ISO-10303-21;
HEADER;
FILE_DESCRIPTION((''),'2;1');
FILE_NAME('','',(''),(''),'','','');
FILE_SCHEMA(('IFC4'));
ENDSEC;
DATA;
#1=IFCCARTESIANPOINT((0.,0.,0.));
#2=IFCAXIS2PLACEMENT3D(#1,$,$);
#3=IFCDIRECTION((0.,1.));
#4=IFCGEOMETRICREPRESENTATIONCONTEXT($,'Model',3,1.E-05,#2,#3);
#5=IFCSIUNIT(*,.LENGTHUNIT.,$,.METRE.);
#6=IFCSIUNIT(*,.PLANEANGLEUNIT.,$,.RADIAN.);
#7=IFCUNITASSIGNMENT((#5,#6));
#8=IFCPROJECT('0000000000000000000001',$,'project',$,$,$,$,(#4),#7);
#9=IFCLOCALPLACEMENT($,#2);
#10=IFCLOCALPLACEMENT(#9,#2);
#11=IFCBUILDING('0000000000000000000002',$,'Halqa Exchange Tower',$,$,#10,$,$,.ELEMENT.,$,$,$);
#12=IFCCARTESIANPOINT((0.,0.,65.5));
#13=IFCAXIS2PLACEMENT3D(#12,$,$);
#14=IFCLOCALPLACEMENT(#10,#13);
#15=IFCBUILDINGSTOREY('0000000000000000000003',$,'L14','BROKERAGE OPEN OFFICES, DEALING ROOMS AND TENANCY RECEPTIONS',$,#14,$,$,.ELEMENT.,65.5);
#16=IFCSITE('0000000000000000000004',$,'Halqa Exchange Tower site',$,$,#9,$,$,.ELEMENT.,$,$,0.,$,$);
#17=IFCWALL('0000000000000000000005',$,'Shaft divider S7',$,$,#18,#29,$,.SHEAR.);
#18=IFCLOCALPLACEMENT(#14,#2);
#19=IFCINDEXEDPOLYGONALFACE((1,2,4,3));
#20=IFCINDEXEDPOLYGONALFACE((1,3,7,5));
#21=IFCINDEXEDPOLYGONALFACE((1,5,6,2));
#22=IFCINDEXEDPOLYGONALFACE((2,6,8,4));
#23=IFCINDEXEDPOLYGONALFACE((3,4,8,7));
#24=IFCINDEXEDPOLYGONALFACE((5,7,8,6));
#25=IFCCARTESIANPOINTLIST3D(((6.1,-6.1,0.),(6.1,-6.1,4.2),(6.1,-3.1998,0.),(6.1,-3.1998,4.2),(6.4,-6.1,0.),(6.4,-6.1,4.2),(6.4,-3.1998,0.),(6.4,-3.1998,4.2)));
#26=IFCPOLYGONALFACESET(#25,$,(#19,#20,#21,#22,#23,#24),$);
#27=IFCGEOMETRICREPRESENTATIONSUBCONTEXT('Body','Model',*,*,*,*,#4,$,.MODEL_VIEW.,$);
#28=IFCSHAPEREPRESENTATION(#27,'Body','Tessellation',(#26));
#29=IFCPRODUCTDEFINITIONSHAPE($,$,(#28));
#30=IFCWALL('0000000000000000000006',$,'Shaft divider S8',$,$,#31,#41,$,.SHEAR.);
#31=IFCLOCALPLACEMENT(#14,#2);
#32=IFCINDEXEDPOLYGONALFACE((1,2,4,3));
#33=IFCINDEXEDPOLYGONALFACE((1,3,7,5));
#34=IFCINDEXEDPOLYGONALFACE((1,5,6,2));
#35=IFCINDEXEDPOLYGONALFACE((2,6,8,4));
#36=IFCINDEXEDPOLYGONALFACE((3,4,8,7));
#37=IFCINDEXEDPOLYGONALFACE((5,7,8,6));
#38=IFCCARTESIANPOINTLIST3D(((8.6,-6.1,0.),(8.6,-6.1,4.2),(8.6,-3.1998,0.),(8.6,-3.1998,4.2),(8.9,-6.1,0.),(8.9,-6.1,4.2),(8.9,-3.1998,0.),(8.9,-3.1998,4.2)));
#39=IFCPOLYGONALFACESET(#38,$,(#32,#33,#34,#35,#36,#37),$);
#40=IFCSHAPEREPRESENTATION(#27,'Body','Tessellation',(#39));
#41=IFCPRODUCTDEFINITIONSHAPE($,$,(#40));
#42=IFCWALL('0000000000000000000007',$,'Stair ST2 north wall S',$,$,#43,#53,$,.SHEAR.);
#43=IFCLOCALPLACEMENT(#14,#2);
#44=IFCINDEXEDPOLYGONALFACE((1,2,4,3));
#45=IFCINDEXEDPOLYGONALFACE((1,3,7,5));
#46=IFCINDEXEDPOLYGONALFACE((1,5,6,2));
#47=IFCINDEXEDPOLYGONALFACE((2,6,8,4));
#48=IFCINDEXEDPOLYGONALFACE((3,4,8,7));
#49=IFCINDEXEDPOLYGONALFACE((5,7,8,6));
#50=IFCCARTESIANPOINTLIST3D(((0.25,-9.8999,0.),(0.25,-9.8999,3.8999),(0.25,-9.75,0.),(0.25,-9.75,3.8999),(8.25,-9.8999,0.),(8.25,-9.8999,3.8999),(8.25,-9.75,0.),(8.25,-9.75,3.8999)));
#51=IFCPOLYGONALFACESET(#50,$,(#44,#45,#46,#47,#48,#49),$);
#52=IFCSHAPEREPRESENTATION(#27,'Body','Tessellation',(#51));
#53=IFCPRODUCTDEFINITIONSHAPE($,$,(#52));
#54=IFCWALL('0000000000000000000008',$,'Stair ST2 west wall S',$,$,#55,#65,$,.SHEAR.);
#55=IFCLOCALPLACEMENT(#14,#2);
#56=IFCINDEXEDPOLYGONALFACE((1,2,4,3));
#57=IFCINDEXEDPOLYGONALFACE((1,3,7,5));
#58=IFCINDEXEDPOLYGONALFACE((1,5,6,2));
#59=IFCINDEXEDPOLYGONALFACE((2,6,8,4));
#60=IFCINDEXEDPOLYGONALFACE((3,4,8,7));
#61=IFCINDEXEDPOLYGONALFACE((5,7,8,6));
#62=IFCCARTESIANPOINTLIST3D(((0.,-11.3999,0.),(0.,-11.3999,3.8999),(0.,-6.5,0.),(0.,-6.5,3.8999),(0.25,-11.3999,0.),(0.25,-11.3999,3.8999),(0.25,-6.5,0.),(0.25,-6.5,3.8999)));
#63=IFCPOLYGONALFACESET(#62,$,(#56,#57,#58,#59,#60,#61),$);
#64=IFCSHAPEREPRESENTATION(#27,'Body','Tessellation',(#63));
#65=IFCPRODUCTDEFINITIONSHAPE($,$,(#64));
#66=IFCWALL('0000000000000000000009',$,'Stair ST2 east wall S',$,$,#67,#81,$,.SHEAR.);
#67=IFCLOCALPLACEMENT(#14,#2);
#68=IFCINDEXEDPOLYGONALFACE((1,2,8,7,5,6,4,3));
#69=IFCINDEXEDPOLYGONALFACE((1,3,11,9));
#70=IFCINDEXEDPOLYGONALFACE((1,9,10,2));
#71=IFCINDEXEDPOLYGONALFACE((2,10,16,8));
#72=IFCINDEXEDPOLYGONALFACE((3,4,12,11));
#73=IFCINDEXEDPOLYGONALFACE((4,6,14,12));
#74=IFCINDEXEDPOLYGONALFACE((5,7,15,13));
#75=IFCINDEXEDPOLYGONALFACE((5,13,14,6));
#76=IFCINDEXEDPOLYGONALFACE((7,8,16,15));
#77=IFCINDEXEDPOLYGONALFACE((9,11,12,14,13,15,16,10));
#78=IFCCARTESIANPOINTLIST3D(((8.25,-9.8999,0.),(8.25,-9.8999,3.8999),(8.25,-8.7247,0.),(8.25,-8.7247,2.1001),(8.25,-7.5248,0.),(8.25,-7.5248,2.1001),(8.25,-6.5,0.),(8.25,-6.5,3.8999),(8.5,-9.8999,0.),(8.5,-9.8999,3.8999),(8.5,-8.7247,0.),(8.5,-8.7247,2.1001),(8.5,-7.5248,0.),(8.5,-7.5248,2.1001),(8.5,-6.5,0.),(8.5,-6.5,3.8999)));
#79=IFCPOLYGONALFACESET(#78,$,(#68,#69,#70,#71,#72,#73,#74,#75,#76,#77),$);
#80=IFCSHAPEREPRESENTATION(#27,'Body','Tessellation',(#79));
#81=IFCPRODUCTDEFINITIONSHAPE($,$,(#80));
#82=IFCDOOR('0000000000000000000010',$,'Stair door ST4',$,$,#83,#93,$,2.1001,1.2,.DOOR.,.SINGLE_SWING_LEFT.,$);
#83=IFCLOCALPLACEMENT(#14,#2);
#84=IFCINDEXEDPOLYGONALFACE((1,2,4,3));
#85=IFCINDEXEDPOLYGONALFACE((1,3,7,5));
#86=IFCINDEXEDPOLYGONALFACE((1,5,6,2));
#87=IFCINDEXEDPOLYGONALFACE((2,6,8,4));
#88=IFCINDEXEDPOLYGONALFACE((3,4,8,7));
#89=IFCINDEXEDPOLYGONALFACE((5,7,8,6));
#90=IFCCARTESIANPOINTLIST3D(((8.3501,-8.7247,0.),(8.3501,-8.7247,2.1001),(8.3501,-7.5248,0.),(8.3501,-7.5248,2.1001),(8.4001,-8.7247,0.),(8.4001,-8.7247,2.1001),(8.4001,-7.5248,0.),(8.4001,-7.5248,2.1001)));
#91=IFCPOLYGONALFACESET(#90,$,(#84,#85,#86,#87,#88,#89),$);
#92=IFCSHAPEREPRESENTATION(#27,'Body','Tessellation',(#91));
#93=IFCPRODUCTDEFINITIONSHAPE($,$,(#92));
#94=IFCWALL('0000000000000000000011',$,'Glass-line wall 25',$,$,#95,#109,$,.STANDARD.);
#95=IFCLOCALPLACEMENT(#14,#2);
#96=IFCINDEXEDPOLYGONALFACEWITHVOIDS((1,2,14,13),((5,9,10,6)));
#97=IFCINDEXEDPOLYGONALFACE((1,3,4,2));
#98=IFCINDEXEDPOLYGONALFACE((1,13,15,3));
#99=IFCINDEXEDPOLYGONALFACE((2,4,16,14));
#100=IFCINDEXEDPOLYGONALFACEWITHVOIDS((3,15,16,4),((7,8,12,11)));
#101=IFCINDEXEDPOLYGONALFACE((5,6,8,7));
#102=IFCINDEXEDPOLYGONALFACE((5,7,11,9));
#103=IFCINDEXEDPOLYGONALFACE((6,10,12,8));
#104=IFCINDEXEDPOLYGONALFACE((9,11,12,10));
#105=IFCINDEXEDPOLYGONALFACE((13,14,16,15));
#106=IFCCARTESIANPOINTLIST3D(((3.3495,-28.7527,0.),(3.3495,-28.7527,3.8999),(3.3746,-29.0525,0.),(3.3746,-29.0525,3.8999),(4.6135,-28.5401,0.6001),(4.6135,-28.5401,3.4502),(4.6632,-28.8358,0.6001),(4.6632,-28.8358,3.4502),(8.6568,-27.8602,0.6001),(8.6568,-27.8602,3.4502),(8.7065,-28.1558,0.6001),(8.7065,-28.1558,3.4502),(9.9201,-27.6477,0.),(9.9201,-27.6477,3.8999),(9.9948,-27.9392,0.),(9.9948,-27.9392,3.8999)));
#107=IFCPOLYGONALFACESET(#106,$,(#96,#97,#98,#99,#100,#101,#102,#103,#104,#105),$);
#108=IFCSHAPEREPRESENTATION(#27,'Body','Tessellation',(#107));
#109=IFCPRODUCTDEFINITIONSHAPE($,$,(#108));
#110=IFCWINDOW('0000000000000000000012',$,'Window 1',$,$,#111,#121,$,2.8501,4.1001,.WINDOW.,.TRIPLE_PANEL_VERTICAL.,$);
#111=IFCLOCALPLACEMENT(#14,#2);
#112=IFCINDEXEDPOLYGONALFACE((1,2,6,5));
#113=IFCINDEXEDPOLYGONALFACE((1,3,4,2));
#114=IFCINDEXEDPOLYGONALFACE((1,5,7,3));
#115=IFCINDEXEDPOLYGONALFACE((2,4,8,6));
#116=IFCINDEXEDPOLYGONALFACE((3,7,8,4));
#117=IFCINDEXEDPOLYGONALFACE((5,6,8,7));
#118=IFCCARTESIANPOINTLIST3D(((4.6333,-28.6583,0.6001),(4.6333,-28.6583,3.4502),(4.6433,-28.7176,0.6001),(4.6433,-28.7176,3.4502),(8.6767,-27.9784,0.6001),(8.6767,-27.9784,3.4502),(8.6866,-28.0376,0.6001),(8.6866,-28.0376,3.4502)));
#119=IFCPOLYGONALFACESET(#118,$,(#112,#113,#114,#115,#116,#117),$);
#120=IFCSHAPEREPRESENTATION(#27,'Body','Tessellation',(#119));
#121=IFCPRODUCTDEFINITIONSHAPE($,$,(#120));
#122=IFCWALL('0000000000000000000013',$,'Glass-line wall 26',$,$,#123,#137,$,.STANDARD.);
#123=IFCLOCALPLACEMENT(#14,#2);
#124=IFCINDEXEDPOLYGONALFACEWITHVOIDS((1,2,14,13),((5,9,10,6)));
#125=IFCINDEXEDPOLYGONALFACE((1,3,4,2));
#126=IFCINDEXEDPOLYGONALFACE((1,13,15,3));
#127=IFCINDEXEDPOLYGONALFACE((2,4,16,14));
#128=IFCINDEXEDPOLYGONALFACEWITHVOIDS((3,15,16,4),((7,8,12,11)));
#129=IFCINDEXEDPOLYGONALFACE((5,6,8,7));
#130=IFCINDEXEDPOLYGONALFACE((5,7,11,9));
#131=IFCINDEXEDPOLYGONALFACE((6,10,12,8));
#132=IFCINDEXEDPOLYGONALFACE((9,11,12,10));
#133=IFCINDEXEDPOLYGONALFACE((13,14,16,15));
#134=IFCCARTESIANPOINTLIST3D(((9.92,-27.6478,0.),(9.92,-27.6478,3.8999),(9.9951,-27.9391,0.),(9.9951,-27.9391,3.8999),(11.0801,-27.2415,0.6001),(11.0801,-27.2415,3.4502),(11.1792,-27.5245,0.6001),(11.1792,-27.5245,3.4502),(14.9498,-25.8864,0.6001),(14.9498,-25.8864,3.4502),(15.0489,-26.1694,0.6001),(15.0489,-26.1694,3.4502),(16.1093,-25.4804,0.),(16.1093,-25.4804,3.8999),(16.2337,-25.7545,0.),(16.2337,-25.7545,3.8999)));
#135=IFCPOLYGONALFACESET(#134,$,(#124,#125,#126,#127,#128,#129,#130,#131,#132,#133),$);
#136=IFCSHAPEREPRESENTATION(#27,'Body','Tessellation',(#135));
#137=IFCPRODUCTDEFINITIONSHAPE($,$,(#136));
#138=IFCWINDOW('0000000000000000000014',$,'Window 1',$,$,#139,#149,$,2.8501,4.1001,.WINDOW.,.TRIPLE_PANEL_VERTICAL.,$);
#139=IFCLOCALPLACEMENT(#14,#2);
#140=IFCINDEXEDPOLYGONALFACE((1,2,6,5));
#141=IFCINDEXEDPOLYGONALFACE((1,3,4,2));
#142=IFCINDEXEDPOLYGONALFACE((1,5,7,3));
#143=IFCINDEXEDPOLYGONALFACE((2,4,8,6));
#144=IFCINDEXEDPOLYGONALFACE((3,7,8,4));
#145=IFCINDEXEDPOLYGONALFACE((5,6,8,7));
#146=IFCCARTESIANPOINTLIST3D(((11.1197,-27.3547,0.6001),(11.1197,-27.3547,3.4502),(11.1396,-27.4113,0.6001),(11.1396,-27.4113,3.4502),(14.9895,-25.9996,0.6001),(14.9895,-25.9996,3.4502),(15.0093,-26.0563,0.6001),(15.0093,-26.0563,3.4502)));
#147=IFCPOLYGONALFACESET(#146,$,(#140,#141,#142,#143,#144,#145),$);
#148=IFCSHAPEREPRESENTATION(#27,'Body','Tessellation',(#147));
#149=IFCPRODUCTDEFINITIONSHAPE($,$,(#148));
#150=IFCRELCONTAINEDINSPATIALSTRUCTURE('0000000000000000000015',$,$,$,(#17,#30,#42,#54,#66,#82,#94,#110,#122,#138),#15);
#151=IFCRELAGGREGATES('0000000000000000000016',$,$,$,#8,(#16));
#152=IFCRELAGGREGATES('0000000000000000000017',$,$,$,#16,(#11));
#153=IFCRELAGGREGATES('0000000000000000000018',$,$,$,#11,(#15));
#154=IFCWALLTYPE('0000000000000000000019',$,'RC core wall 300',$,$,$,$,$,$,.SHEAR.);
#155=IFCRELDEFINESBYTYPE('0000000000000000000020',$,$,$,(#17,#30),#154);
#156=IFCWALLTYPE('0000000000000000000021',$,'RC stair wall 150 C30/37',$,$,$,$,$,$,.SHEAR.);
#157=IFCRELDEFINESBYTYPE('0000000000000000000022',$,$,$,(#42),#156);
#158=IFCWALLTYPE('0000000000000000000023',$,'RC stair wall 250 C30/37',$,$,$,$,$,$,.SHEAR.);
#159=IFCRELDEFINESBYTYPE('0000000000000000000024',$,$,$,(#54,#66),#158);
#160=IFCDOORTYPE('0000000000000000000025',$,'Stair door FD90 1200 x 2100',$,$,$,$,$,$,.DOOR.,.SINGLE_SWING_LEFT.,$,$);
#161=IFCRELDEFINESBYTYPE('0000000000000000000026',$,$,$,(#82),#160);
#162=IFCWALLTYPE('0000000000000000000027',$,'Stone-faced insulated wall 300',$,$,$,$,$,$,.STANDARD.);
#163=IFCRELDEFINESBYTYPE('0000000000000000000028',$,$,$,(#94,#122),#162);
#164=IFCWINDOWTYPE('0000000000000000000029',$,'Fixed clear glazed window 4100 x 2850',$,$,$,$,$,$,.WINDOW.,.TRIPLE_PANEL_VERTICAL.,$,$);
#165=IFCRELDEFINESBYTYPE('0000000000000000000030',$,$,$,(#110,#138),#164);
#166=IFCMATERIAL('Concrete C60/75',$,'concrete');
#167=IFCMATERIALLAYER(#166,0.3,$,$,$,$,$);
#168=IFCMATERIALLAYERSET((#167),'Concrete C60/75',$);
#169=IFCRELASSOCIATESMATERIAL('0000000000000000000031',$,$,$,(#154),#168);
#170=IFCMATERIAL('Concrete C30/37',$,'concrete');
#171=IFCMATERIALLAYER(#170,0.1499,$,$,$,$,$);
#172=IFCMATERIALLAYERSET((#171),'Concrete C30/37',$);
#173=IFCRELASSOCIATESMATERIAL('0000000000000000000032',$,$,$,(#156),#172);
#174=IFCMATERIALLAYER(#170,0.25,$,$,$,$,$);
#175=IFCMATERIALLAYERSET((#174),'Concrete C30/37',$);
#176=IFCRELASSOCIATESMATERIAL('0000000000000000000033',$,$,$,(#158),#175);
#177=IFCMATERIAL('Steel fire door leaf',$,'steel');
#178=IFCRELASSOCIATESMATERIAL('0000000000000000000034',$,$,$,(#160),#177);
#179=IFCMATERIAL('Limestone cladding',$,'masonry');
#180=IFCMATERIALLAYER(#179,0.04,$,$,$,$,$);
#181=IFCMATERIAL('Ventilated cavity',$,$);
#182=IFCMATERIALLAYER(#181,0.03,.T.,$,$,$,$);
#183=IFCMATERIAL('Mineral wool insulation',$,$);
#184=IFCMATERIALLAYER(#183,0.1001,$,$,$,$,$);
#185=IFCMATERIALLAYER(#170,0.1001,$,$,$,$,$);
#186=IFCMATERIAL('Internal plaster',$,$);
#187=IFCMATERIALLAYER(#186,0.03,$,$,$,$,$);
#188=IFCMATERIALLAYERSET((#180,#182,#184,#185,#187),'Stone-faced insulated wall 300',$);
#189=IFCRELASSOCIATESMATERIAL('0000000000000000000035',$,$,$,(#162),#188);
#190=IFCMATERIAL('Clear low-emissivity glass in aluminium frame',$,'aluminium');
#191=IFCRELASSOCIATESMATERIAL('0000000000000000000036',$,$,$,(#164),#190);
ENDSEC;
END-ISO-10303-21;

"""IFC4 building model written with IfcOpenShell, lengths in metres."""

from ifc_helpers import new_model, si_unit, direction, frame, frame_2d, origin, place, context, subcontext, project, spatial, polyline, rectangle, outline, extrude, material, layer, layer_set, type_object, element, fill, save


model = new_model("IFC4")

# Units and contexts
model_context = context("Model", 3, precision=1e-05, world=origin(), true_north=direction((0.0, 1.0)))
body_context = subcontext(model_context, "Body", "Model", "MODEL_VIEW")
ifc_project = project(units=[si_unit("LENGTHUNIT", "METRE"), si_unit("PLANEANGLEUNIT", "RADIAN")], contexts=[model_context])

# Site, building, storey
site_placement = place(None, origin())
site = spatial("IfcSite", under=ifc_project, at=site_placement, Name="Halqa Exchange Tower site", CompositionType="ELEMENT", RefElevation=0.0)
building_placement = place(site_placement, origin())
building = spatial("IfcBuilding", under=site, at=building_placement, Name="Halqa Exchange Tower", CompositionType="ELEMENT")
storey_placement = place(building_placement, frame((0.0, 0.0, 65.5)))
storey = spatial("IfcBuildingStorey", under=building, at=storey_placement, Name="L14", Description="BROKERAGE OPEN OFFICES, DEALING ROOMS AND TENANCY RECEPTIONS", CompositionType="ELEMENT", Elevation=65.5)

# Shared definitions
ifc_material_1 = material(Name="Concrete C60/75", Category="concrete")

# Walls
ifc_layer_1 = layer(ifc_material_1, 0.3)
ifc_layer_set_1 = layer_set([ifc_layer_1], Name="Concrete C60/75")
wall_type_1 = type_object("IfcWallType", Name="RC core wall 300", PredefinedType="SHEAR", material=ifc_layer_set_1)
for number, where, z_axis, x_axis, name in (
    (1, (6.25, -6.1001, 0.0), (0.0, 0.0, 1.0), (0.0, 1.0, 0.0), "Shaft divider S7"),
    (2, (8.75, -6.1001, 0.0), (0.0, 0.0, 1.0), (0.0, 1.0, 0.0), "Shaft divider S8"),
):
    element("IfcWall", number, at=place(storey_placement, frame(where, z_axis=z_axis, x_axis=x_axis)), inside=storey, type_object=wall_type_1, Name=name, PredefinedType="SHEAR", context=body_context, shape_type="SweptSolid", body=[
        extrude(rectangle(XDim=2.9001, YDim=0.3, at=frame_2d((1.4502, 0.0))), origin(), (0.0, 0.0, 1.0), 4.2),
    ])
ifc_material_2 = material(Name="Concrete C30/37", Category="concrete")
ifc_layer_2 = layer(ifc_material_2, 0.1499)
ifc_layer_set_2 = layer_set([ifc_layer_2], Name="Concrete C30/37")
wall_type_2 = type_object("IfcWallType", Name="RC stair wall 150 C30/37", PredefinedType="SHEAR", material=ifc_layer_set_2)
wall_1_placement = place(storey_placement, frame((0.25, -9.825, 0.0), z_axis=(0.0, 0.0, 1.0), x_axis=(1.0, 0.0, 0.0)))
element("IfcWall", 3, at=wall_1_placement, inside=storey, type_object=wall_type_2, Name="Stair ST2 north wall S", PredefinedType="SHEAR", context=body_context, shape_type="SweptSolid", body=[
    extrude(rectangle(XDim=8.0, YDim=0.1499, at=frame_2d((4.0, 0.0))), origin(), (0.0, 0.0, 1.0), 3.8999),
])
ifc_layer_3 = layer(ifc_material_2, 0.25)
ifc_layer_set_3 = layer_set([ifc_layer_3], Name="Concrete C30/37")
wall_type_3 = type_object("IfcWallType", Name="RC stair wall 250 C30/37", PredefinedType="SHEAR", material=ifc_layer_set_3)
wall_2_placement = place(storey_placement, frame((0.125, -11.3999, 0.0), z_axis=(0.0, 0.0, 1.0), x_axis=(0.0, 1.0, 0.0)))
element("IfcWall", 4, at=wall_2_placement, inside=storey, type_object=wall_type_3, Name="Stair ST2 west wall S", PredefinedType="SHEAR", context=body_context, shape_type="SweptSolid", body=[
    extrude(rectangle(XDim=4.8999, YDim=0.25, at=frame_2d((2.45, 0.0))), origin(), (0.0, 0.0, 1.0), 3.8999),
])

# Wall, opening, door
wall_3_placement = place(storey_placement, frame((8.375, -9.8999, 0.0), z_axis=(0.0, 0.0, 1.0), x_axis=(0.0, 1.0, 0.0)))
wall_3 = element("IfcWall", 5, at=wall_3_placement, inside=storey, type_object=wall_type_3, Name="Stair ST2 east wall S", PredefinedType="SHEAR", context=body_context, shape_type="SweptSolid", body=[
    extrude(rectangle(XDim=3.3999, YDim=0.25, at=frame_2d((1.7, 0.0))), origin(), (0.0, 0.0, 1.0), 3.8999),
])
opening_1_placement = place(wall_3_placement, frame((1.175, 0.0, 0.0)))
opening_1 = element("IfcOpeningElement", 6, at=opening_1_placement, cuts=wall_3, PredefinedType="OPENING", context=body_context, shape_type="SweptSolid", body=[
    extrude(rectangle(XDim=1.2, YDim=2.1001, at=frame_2d((0.6001, 1.05))), frame((0.0, 0.137, 0.0), z_axis=(0.0, -1.0, 0.0), x_axis=(1.0, 0.0, 0.0)), (0.0, 0.0, 1.0), 0.2739),
])
ifc_material_3 = material(Name="Steel fire door leaf", Category="steel")
door_type = type_object("IfcDoorType", Name="Stair door FD90 1200 x 2100", OperationType="SINGLE_SWING_LEFT", PredefinedType="DOOR", material=ifc_material_3)
door_placement = place(opening_1_placement, origin())
door = element("IfcDoor", 7, at=door_placement, inside=storey, type_object=door_type, Name="Stair door ST4", OperationType="SINGLE_SWING_LEFT", OverallHeight=2.1001, OverallWidth=1.2, PredefinedType="DOOR", context=body_context, shape_type="SweptSolid", body=[
    extrude(rectangle(XDim=1.2, YDim=2.1001, at=frame_2d((0.6001, 1.05))), frame((0.0, 0.0249, 0.0), z_axis=(0.0, -1.0, 0.0), x_axis=(1.0, 0.0, 0.0)), (0.0, 0.0, 1.0), 0.05),
])
fill(opening_1, door)

# Walls, openings, windows
ifc_material_4 = material(Name="Limestone cladding", Category="masonry")
ifc_layer_4 = layer(ifc_material_4, 0.04)
ifc_material_5 = material(Name="Ventilated cavity")
ifc_layer_5 = layer(ifc_material_5, 0.03, ventilated=True)
ifc_material_6 = material(Name="Mineral wool insulation")
ifc_layer_6 = layer(ifc_material_6, 0.1001)
ifc_layer_7 = layer(ifc_material_2, 0.1001)
ifc_material_7 = material(Name="Internal plaster")
ifc_layer_8 = layer(ifc_material_7, 0.03)
ifc_layer_set_4 = layer_set([ifc_layer_4, ifc_layer_5, ifc_layer_6, ifc_layer_7, ifc_layer_8], Name="Stone-faced insulated wall 300")
wall_type_4 = type_object("IfcWallType", Name="Stone-faced insulated wall 300", PredefinedType="STANDARD", material=ifc_layer_set_4)
wall_4_placement = place(storey_placement, frame((3.3621, -28.9026, 0.0), z_axis=(0.0, 0.0, 1.0), x_axis=(0.986153, 0.165837, 0.0)))
wall_4 = element("IfcWall", 8, at=wall_4_placement, inside=storey, type_object=wall_type_4, Name="Glass-line wall 25", PredefinedType="STANDARD", context=body_context, shape_type="SweptSolid", body=[
    extrude(outline(polyline([(-0.0125, -0.1499), (6.7007, -0.1499), (6.6753, 0.1499), (0.0125, 0.1499), (-0.0125, -0.1499)])), origin(), (0.0, 0.0, 1.0), 3.8999),
])
opening_2_placement = place(wall_4_placement, frame((1.2942, 0.0, 0.6001)))
opening_2 = element("IfcOpeningElement", 9, at=opening_2_placement, cuts=wall_4, PredefinedType="OPENING", context=body_context, shape_type="SweptSolid", body=[
    extrude(rectangle(XDim=4.1001, YDim=2.8501, at=frame_2d((2.05, 1.425))), frame((0.0, 0.1621, 0.0), z_axis=(0.0, -1.0, 0.0), x_axis=(1.0, 0.0, 0.0)), (0.0, 0.0, 1.0), 0.324),
])
ifc_material_8 = material(Name="Clear low-emissivity glass in aluminium frame", Category="aluminium")
window_type = type_object("IfcWindowType", Name="Fixed clear glazed window 4100 x 2850", PartitioningType="TRIPLE_PANEL_VERTICAL", PredefinedType="WINDOW", material=ifc_material_8)
window_1_placement = place(opening_2_placement, origin())
window_1 = element("IfcWindow", 10, at=window_1_placement, inside=storey, type_object=window_type, Name="Window 1", OverallHeight=2.8501, OverallWidth=4.1001, PartitioningType="TRIPLE_PANEL_VERTICAL", PredefinedType="WINDOW", context=body_context, shape_type="SweptSolid", body=[
    extrude(rectangle(XDim=4.1001, YDim=2.8501, at=frame_2d((2.05, 1.425))), frame((0.0, 0.03, 0.0), z_axis=(0.0, -1.0, 0.0), x_axis=(1.0, 0.0, 0.0)), (0.0, 0.0, 1.0), 0.0601),
])
fill(opening_2, window_1)
wall_5_placement = place(storey_placement, frame((9.9575, -27.7935, 0.0), z_axis=(0.0, 0.0, 1.0), x_axis=(0.943807, 0.330497, 0.0)))
wall_5 = element("IfcWall", 11, at=wall_5_placement, inside=storey, type_object=wall_type_4, Name="Glass-line wall 26", PredefinedType="STANDARD", context=body_context, shape_type="SweptSolid", body=[
    extrude(outline(polyline([(-0.0127, -0.1499), (6.5974, -0.1499), (6.5706, 0.1499), (0.0127, 0.1499), (-0.0127, -0.1499)])), origin(), (0.0, 0.0, 1.0), 3.8999),
])
opening_3_placement = place(wall_5_placement, frame((1.2419, 0.0, 0.6001)))
opening_3 = element("IfcOpeningElement", 12, at=opening_3_placement, cuts=wall_5, PredefinedType="OPENING", context=body_context, shape_type="SweptSolid", body=[
    extrude(rectangle(XDim=4.1001, YDim=2.8501, at=frame_2d((2.05, 1.425))), frame((0.0, 0.1621, 0.0), z_axis=(0.0, -1.0, 0.0), x_axis=(1.0, 0.0, 0.0)), (0.0, 0.0, 1.0), 0.324),
])
window_2_placement = place(opening_3_placement, origin())
window_2 = element("IfcWindow", 13, at=window_2_placement, inside=storey, type_object=window_type, Name="Window 1", OverallHeight=2.8501, OverallWidth=4.1001, PartitioningType="TRIPLE_PANEL_VERTICAL", PredefinedType="WINDOW", context=body_context, shape_type="SweptSolid", body=[
    extrude(rectangle(XDim=4.1001, YDim=2.8501, at=frame_2d((2.05, 1.425))), frame((0.0, 0.03, 0.0), z_axis=(0.0, -1.0, 0.0), x_axis=(1.0, 0.0, 0.0)), (0.0, 0.0, 1.0), 0.0601),
])
fill(opening_3, window_2)

save(model, "model.ifc")
